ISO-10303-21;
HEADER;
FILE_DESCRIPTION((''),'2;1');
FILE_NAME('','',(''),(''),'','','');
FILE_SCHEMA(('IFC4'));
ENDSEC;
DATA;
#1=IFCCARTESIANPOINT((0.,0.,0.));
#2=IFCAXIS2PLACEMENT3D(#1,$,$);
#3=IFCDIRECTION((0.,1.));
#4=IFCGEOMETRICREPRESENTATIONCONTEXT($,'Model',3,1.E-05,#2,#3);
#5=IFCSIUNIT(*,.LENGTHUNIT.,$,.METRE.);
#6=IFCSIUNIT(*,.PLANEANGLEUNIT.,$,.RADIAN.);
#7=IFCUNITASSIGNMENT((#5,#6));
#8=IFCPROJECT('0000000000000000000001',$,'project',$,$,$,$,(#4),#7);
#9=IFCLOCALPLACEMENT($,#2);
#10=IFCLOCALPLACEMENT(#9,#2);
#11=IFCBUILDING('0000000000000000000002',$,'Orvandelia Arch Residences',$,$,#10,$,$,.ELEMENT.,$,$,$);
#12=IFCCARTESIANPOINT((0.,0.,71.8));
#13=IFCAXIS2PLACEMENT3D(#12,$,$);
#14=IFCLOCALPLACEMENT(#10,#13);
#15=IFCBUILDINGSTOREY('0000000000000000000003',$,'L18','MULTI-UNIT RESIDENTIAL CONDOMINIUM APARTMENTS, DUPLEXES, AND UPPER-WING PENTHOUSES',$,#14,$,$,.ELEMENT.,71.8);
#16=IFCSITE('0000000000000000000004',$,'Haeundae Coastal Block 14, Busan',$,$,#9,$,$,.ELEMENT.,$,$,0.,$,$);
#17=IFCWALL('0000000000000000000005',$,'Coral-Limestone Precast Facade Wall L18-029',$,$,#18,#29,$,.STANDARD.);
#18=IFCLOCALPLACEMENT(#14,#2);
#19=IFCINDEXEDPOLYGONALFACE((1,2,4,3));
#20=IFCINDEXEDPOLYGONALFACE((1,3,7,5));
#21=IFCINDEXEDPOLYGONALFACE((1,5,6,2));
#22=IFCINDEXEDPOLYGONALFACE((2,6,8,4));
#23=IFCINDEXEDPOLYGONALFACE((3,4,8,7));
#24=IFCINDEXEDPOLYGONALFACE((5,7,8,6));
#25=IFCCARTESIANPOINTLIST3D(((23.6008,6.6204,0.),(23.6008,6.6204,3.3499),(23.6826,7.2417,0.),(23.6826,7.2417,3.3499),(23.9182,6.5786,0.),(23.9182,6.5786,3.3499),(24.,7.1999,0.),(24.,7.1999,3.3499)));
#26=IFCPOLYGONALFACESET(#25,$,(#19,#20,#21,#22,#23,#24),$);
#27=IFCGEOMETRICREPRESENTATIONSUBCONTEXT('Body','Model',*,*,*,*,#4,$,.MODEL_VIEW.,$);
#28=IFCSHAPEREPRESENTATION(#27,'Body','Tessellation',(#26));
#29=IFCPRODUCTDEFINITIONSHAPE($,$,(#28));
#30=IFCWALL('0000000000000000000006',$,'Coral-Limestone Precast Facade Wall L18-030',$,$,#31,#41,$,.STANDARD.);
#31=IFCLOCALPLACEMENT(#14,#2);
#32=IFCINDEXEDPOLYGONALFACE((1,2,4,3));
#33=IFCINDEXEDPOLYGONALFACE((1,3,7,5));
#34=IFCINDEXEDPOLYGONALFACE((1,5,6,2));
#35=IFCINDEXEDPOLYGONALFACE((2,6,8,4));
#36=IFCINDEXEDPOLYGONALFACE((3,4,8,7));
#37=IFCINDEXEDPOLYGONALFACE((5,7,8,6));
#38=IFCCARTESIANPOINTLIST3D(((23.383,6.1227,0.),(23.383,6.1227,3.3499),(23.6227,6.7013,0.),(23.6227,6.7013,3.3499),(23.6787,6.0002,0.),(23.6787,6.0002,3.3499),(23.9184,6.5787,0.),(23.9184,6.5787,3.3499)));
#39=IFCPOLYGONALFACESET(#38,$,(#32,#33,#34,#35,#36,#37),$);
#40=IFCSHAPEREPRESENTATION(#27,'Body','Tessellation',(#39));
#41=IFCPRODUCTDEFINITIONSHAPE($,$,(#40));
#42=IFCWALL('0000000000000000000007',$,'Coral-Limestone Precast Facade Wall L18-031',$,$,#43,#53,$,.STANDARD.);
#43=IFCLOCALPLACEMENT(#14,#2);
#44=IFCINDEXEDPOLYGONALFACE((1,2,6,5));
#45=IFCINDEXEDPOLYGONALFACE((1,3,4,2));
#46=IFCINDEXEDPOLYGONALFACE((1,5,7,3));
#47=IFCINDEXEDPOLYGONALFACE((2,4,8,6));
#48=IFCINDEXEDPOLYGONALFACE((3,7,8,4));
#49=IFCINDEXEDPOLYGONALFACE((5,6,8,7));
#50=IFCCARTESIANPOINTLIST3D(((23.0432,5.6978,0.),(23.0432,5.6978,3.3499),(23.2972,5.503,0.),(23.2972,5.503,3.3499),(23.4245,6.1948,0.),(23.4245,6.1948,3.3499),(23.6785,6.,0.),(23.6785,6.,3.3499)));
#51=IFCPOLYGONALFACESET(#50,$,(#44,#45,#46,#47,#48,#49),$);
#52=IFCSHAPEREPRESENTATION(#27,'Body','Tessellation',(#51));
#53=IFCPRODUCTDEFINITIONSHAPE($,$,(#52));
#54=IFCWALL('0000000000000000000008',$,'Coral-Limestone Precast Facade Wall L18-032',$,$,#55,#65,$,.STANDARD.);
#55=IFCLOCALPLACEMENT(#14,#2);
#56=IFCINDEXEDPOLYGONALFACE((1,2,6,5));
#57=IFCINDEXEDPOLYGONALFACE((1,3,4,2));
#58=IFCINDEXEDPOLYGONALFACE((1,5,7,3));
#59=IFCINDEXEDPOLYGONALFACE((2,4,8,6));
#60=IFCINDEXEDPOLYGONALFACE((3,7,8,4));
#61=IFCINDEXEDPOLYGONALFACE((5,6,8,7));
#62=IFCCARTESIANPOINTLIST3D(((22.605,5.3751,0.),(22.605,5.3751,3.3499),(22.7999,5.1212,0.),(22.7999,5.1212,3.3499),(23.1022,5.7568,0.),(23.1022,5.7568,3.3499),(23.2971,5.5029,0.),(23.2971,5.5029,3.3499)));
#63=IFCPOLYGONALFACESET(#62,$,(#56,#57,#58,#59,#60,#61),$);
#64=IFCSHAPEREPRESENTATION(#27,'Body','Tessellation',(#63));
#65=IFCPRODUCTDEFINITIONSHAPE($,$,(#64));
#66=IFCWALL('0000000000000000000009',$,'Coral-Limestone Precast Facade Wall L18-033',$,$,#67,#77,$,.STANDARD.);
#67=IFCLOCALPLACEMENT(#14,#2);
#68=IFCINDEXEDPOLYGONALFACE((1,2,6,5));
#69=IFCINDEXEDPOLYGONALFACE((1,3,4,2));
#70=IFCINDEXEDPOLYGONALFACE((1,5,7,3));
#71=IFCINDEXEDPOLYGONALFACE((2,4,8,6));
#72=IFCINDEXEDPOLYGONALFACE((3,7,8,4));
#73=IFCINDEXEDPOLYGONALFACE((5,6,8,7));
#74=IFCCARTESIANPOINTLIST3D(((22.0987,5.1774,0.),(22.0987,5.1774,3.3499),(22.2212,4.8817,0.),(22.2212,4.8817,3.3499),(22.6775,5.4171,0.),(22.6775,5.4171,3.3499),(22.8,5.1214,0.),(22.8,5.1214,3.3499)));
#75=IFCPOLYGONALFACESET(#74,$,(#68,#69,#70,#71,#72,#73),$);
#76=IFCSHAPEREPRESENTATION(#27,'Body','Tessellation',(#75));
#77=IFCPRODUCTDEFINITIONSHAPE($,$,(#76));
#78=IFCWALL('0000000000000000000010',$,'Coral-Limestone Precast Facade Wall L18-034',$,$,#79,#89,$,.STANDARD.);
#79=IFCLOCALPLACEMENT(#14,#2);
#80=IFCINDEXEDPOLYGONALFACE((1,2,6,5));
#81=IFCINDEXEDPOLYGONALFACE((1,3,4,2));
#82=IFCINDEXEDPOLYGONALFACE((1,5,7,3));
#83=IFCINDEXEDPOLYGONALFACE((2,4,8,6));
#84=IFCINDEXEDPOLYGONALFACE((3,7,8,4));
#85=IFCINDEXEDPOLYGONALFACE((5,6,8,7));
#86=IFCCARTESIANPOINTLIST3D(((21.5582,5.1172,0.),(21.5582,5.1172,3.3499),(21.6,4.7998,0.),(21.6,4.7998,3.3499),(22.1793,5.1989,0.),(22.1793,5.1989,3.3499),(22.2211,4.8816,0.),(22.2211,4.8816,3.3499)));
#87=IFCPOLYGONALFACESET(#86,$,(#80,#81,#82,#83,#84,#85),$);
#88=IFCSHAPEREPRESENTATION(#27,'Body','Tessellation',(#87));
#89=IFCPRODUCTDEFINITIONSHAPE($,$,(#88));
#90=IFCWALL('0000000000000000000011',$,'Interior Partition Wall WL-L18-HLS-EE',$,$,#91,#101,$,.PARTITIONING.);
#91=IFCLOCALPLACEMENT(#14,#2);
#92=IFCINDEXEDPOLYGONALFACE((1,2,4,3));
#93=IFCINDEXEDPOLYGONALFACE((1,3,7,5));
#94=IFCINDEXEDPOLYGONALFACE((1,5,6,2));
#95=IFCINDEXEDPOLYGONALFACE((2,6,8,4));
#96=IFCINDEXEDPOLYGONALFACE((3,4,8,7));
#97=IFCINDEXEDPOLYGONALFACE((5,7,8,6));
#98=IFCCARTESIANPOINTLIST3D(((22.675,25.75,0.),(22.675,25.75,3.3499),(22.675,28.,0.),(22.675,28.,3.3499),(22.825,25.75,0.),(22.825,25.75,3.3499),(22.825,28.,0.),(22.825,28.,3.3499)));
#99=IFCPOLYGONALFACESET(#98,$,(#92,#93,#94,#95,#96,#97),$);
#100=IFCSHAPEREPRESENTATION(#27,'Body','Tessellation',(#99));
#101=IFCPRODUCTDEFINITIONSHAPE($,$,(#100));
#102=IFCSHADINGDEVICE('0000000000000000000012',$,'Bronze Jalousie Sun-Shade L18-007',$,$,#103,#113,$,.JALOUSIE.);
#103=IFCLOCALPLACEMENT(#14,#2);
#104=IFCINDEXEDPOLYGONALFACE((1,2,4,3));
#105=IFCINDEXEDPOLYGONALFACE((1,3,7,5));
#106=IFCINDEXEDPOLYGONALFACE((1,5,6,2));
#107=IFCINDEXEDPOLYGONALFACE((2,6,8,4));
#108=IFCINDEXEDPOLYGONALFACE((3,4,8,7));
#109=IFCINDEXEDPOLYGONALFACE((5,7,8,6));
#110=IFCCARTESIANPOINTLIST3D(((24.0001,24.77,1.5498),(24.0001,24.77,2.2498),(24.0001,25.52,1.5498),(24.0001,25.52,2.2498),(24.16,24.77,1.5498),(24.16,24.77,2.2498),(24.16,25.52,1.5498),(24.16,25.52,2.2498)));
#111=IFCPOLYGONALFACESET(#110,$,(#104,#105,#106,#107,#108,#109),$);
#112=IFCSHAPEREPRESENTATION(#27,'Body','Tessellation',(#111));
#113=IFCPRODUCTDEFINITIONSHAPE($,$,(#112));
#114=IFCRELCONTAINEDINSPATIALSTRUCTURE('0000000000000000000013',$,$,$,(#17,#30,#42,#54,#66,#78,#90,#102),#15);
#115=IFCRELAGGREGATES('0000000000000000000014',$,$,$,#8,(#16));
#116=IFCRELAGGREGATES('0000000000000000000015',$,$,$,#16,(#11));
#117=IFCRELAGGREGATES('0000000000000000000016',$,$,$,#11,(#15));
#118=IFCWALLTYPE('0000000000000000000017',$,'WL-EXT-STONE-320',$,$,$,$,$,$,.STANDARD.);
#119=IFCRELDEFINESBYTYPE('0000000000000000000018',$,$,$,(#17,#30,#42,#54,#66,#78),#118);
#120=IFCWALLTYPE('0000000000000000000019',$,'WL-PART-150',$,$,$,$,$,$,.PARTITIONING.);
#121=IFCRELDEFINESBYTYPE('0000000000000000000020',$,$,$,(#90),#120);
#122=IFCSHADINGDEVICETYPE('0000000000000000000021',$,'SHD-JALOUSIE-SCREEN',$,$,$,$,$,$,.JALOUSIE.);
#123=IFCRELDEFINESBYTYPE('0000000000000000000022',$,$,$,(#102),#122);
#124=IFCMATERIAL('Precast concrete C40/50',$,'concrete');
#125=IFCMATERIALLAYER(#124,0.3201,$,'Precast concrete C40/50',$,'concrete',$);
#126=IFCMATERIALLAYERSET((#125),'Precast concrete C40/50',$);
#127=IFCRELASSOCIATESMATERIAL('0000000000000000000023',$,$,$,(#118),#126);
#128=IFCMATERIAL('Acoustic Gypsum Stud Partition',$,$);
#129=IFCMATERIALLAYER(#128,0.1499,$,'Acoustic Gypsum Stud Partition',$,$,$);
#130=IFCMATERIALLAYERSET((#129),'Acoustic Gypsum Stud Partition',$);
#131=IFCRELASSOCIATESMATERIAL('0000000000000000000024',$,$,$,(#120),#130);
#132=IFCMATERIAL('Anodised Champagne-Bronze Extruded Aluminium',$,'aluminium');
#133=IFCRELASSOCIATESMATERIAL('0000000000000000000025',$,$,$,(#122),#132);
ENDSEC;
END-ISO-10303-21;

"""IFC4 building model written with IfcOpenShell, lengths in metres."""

from ifc_helpers import new_model, si_unit, direction, frame, frame_2d, origin, origin_2d, place, context, subcontext, project, spatial, rectangle, extrude, material, layer, layer_set, type_object, element, save


model = new_model("IFC4")

# Units and contexts
model_context = context("Model", 3, precision=1e-05, world=origin(), true_north=direction((0.0, 1.0)))
body_context = subcontext(model_context, "Body", "Model", "MODEL_VIEW")
ifc_project = project(units=[si_unit("LENGTHUNIT", "METRE"), si_unit("PLANEANGLEUNIT", "RADIAN")], contexts=[model_context])

# Site, building, storey
site_placement = place(None, origin())
site = spatial("IfcSite", under=ifc_project, at=site_placement, Name="Haeundae Coastal Block 14, Busan", CompositionType="ELEMENT", RefElevation=0.0)
building_placement = place(site_placement, origin())
building = spatial("IfcBuilding", under=site, at=building_placement, Name="Orvandelia Arch Residences", CompositionType="ELEMENT")
storey_placement = place(building_placement, frame((0.0, 0.0, 71.8)))
storey = spatial("IfcBuildingStorey", under=building, at=storey_placement, Name="L18", Description="MULTI-UNIT RESIDENTIAL CONDOMINIUM APARTMENTS, DUPLEXES, AND UPPER-WING PENTHOUSES", CompositionType="ELEMENT", Elevation=71.8)

# Shared definitions
ifc_material_1 = material(Name="Precast concrete C40/50", Category="concrete")
ifc_layer_1 = layer(ifc_material_1, 0.3201, Name="Precast concrete C40/50", Category="concrete")
ifc_layer_set_1 = layer_set([ifc_layer_1], Name="Precast concrete C40/50")
wall_type_1 = type_object("IfcWallType", Name="WL-EXT-STONE-320", PredefinedType="STANDARD", material=ifc_layer_set_1)

# Walls
wall_1_placement = place(storey_placement, frame((23.8413, 7.2209, 0.0), z_axis=(0.0, 0.0, 1.0), x_axis=(-0.130505, -0.991448, 0.0)))
element("IfcWall", 1, at=wall_1_placement, inside=storey, type_object=wall_type_1, Name="Coral-Limestone Precast Facade Wall L18-029", PredefinedType="STANDARD", context=body_context, shape_type="SweptSolid", body=[
    extrude(rectangle(XDim=0.6267, YDim=0.3201, at=frame_2d((0.3135, 0.0))), origin(), (0.0, 0.0, 1.0), 3.3499),
])
wall_2_placement = place(storey_placement, frame((23.7705, 6.6399, 0.0), z_axis=(0.0, 0.0, 1.0), x_axis=(-0.382788, -0.923836, 0.0)))
element("IfcWall", 2, at=wall_2_placement, inside=storey, type_object=wall_type_1, Name="Coral-Limestone Precast Facade Wall L18-030", PredefinedType="STANDARD", context=body_context, shape_type="SweptSolid", body=[
    extrude(rectangle(XDim=0.6262, YDim=0.3201, at=frame_2d((0.313, 0.0))), origin(), (0.0, 0.0, 1.0), 3.3499),
])
wall_3_placement = place(storey_placement, frame((23.5515, 6.0974, 0.0), z_axis=(0.0, 0.0, 1.0), x_axis=(-0.608693, -0.793406, 0.0)))
element("IfcWall", 3, at=wall_3_placement, inside=storey, type_object=wall_type_1, Name="Coral-Limestone Precast Facade Wall L18-031", PredefinedType="STANDARD", context=body_context, shape_type="SweptSolid", body=[
    extrude(rectangle(XDim=0.6265, YDim=0.3201, at=frame_2d((0.3132, 0.0))), origin(), (0.0, 0.0, 1.0), 3.3499),
])
wall_4_placement = place(storey_placement, frame((23.1997, 5.6299, 0.0), z_axis=(0.0, 0.0, 1.0), x_axis=(-0.793217, -0.608939, 0.0)))
element("IfcWall", 4, at=wall_4_placement, inside=storey, type_object=wall_type_1, Name="Coral-Limestone Precast Facade Wall L18-032", PredefinedType="STANDARD", context=body_context, shape_type="SweptSolid", body=[
    extrude(rectangle(XDim=0.6267, YDim=0.3201, at=frame_2d((0.3135, 0.0))), origin(), (0.0, 0.0, 1.0), 3.3499),
])
for number, where, z_axis, x_axis, name in (
    (5, (22.7388, 5.2693, 0.0), (0.0, 0.0, 1.0), (-0.923893, -0.38265, 0.0), "Coral-Limestone Precast Facade Wall L18-033"),
    (6, (22.2002, 5.0403, 0.0), (0.0, 0.0, 1.0), (-0.991441, -0.130555, 0.0), "Coral-Limestone Precast Facade Wall L18-034"),
):
    element("IfcWall", number, at=place(storey_placement, frame(where, z_axis=z_axis, x_axis=x_axis)), inside=storey, type_object=wall_type_1, Name=name, PredefinedType="STANDARD", context=body_context, shape_type="SweptSolid", body=[
        extrude(rectangle(XDim=0.6265, YDim=0.3201, at=frame_2d((0.3132, 0.0))), origin(), (0.0, 0.0, 1.0), 3.3499),
    ])
ifc_material_2 = material(Name="Acoustic Gypsum Stud Partition")
ifc_layer_2 = layer(ifc_material_2, 0.1499, Name="Acoustic Gypsum Stud Partition")
ifc_layer_set_2 = layer_set([ifc_layer_2], Name="Acoustic Gypsum Stud Partition")
wall_type_2 = type_object("IfcWallType", Name="WL-PART-150", PredefinedType="PARTITIONING", material=ifc_layer_set_2)
wall_5_placement = place(storey_placement, frame((22.75, 25.75, 0.0), z_axis=(0.0, 0.0, 1.0), x_axis=(0.0, 1.0, 0.0)))
element("IfcWall", 7, at=wall_5_placement, inside=storey, type_object=wall_type_2, Name="Interior Partition Wall WL-L18-HLS-EE", PredefinedType="PARTITIONING", context=body_context, shape_type="SweptSolid", body=[
    extrude(rectangle(XDim=2.25, YDim=0.1499, at=frame_2d((1.125, 0.0))), origin(), (0.0, 0.0, 1.0), 3.3499),
])

# Shading device
ifc_material_3 = material(Name="Anodised Champagne-Bronze Extruded Aluminium", Category="aluminium")
shading_device_type = type_object("IfcShadingDeviceType", Name="SHD-JALOUSIE-SCREEN", PredefinedType="JALOUSIE", material=ifc_material_3)
shading_device_placement = place(storey_placement, frame((24.0801, 25.145, 1.5498), z_axis=(0.0, 0.0, 1.0), x_axis=(0.0, -1.0, 0.0)))
element("IfcShadingDevice", 8, at=shading_device_placement, inside=storey, type_object=shading_device_type, Name="Bronze Jalousie Sun-Shade L18-007", PredefinedType="JALOUSIE", context=body_context, shape_type="SweptSolid", body=[
    extrude(rectangle(XDim=0.75, YDim=0.1599, at=origin_2d()), origin(), (0.0, 0.0, 1.0), 0.7),
])

save(model, "model.ifc")
